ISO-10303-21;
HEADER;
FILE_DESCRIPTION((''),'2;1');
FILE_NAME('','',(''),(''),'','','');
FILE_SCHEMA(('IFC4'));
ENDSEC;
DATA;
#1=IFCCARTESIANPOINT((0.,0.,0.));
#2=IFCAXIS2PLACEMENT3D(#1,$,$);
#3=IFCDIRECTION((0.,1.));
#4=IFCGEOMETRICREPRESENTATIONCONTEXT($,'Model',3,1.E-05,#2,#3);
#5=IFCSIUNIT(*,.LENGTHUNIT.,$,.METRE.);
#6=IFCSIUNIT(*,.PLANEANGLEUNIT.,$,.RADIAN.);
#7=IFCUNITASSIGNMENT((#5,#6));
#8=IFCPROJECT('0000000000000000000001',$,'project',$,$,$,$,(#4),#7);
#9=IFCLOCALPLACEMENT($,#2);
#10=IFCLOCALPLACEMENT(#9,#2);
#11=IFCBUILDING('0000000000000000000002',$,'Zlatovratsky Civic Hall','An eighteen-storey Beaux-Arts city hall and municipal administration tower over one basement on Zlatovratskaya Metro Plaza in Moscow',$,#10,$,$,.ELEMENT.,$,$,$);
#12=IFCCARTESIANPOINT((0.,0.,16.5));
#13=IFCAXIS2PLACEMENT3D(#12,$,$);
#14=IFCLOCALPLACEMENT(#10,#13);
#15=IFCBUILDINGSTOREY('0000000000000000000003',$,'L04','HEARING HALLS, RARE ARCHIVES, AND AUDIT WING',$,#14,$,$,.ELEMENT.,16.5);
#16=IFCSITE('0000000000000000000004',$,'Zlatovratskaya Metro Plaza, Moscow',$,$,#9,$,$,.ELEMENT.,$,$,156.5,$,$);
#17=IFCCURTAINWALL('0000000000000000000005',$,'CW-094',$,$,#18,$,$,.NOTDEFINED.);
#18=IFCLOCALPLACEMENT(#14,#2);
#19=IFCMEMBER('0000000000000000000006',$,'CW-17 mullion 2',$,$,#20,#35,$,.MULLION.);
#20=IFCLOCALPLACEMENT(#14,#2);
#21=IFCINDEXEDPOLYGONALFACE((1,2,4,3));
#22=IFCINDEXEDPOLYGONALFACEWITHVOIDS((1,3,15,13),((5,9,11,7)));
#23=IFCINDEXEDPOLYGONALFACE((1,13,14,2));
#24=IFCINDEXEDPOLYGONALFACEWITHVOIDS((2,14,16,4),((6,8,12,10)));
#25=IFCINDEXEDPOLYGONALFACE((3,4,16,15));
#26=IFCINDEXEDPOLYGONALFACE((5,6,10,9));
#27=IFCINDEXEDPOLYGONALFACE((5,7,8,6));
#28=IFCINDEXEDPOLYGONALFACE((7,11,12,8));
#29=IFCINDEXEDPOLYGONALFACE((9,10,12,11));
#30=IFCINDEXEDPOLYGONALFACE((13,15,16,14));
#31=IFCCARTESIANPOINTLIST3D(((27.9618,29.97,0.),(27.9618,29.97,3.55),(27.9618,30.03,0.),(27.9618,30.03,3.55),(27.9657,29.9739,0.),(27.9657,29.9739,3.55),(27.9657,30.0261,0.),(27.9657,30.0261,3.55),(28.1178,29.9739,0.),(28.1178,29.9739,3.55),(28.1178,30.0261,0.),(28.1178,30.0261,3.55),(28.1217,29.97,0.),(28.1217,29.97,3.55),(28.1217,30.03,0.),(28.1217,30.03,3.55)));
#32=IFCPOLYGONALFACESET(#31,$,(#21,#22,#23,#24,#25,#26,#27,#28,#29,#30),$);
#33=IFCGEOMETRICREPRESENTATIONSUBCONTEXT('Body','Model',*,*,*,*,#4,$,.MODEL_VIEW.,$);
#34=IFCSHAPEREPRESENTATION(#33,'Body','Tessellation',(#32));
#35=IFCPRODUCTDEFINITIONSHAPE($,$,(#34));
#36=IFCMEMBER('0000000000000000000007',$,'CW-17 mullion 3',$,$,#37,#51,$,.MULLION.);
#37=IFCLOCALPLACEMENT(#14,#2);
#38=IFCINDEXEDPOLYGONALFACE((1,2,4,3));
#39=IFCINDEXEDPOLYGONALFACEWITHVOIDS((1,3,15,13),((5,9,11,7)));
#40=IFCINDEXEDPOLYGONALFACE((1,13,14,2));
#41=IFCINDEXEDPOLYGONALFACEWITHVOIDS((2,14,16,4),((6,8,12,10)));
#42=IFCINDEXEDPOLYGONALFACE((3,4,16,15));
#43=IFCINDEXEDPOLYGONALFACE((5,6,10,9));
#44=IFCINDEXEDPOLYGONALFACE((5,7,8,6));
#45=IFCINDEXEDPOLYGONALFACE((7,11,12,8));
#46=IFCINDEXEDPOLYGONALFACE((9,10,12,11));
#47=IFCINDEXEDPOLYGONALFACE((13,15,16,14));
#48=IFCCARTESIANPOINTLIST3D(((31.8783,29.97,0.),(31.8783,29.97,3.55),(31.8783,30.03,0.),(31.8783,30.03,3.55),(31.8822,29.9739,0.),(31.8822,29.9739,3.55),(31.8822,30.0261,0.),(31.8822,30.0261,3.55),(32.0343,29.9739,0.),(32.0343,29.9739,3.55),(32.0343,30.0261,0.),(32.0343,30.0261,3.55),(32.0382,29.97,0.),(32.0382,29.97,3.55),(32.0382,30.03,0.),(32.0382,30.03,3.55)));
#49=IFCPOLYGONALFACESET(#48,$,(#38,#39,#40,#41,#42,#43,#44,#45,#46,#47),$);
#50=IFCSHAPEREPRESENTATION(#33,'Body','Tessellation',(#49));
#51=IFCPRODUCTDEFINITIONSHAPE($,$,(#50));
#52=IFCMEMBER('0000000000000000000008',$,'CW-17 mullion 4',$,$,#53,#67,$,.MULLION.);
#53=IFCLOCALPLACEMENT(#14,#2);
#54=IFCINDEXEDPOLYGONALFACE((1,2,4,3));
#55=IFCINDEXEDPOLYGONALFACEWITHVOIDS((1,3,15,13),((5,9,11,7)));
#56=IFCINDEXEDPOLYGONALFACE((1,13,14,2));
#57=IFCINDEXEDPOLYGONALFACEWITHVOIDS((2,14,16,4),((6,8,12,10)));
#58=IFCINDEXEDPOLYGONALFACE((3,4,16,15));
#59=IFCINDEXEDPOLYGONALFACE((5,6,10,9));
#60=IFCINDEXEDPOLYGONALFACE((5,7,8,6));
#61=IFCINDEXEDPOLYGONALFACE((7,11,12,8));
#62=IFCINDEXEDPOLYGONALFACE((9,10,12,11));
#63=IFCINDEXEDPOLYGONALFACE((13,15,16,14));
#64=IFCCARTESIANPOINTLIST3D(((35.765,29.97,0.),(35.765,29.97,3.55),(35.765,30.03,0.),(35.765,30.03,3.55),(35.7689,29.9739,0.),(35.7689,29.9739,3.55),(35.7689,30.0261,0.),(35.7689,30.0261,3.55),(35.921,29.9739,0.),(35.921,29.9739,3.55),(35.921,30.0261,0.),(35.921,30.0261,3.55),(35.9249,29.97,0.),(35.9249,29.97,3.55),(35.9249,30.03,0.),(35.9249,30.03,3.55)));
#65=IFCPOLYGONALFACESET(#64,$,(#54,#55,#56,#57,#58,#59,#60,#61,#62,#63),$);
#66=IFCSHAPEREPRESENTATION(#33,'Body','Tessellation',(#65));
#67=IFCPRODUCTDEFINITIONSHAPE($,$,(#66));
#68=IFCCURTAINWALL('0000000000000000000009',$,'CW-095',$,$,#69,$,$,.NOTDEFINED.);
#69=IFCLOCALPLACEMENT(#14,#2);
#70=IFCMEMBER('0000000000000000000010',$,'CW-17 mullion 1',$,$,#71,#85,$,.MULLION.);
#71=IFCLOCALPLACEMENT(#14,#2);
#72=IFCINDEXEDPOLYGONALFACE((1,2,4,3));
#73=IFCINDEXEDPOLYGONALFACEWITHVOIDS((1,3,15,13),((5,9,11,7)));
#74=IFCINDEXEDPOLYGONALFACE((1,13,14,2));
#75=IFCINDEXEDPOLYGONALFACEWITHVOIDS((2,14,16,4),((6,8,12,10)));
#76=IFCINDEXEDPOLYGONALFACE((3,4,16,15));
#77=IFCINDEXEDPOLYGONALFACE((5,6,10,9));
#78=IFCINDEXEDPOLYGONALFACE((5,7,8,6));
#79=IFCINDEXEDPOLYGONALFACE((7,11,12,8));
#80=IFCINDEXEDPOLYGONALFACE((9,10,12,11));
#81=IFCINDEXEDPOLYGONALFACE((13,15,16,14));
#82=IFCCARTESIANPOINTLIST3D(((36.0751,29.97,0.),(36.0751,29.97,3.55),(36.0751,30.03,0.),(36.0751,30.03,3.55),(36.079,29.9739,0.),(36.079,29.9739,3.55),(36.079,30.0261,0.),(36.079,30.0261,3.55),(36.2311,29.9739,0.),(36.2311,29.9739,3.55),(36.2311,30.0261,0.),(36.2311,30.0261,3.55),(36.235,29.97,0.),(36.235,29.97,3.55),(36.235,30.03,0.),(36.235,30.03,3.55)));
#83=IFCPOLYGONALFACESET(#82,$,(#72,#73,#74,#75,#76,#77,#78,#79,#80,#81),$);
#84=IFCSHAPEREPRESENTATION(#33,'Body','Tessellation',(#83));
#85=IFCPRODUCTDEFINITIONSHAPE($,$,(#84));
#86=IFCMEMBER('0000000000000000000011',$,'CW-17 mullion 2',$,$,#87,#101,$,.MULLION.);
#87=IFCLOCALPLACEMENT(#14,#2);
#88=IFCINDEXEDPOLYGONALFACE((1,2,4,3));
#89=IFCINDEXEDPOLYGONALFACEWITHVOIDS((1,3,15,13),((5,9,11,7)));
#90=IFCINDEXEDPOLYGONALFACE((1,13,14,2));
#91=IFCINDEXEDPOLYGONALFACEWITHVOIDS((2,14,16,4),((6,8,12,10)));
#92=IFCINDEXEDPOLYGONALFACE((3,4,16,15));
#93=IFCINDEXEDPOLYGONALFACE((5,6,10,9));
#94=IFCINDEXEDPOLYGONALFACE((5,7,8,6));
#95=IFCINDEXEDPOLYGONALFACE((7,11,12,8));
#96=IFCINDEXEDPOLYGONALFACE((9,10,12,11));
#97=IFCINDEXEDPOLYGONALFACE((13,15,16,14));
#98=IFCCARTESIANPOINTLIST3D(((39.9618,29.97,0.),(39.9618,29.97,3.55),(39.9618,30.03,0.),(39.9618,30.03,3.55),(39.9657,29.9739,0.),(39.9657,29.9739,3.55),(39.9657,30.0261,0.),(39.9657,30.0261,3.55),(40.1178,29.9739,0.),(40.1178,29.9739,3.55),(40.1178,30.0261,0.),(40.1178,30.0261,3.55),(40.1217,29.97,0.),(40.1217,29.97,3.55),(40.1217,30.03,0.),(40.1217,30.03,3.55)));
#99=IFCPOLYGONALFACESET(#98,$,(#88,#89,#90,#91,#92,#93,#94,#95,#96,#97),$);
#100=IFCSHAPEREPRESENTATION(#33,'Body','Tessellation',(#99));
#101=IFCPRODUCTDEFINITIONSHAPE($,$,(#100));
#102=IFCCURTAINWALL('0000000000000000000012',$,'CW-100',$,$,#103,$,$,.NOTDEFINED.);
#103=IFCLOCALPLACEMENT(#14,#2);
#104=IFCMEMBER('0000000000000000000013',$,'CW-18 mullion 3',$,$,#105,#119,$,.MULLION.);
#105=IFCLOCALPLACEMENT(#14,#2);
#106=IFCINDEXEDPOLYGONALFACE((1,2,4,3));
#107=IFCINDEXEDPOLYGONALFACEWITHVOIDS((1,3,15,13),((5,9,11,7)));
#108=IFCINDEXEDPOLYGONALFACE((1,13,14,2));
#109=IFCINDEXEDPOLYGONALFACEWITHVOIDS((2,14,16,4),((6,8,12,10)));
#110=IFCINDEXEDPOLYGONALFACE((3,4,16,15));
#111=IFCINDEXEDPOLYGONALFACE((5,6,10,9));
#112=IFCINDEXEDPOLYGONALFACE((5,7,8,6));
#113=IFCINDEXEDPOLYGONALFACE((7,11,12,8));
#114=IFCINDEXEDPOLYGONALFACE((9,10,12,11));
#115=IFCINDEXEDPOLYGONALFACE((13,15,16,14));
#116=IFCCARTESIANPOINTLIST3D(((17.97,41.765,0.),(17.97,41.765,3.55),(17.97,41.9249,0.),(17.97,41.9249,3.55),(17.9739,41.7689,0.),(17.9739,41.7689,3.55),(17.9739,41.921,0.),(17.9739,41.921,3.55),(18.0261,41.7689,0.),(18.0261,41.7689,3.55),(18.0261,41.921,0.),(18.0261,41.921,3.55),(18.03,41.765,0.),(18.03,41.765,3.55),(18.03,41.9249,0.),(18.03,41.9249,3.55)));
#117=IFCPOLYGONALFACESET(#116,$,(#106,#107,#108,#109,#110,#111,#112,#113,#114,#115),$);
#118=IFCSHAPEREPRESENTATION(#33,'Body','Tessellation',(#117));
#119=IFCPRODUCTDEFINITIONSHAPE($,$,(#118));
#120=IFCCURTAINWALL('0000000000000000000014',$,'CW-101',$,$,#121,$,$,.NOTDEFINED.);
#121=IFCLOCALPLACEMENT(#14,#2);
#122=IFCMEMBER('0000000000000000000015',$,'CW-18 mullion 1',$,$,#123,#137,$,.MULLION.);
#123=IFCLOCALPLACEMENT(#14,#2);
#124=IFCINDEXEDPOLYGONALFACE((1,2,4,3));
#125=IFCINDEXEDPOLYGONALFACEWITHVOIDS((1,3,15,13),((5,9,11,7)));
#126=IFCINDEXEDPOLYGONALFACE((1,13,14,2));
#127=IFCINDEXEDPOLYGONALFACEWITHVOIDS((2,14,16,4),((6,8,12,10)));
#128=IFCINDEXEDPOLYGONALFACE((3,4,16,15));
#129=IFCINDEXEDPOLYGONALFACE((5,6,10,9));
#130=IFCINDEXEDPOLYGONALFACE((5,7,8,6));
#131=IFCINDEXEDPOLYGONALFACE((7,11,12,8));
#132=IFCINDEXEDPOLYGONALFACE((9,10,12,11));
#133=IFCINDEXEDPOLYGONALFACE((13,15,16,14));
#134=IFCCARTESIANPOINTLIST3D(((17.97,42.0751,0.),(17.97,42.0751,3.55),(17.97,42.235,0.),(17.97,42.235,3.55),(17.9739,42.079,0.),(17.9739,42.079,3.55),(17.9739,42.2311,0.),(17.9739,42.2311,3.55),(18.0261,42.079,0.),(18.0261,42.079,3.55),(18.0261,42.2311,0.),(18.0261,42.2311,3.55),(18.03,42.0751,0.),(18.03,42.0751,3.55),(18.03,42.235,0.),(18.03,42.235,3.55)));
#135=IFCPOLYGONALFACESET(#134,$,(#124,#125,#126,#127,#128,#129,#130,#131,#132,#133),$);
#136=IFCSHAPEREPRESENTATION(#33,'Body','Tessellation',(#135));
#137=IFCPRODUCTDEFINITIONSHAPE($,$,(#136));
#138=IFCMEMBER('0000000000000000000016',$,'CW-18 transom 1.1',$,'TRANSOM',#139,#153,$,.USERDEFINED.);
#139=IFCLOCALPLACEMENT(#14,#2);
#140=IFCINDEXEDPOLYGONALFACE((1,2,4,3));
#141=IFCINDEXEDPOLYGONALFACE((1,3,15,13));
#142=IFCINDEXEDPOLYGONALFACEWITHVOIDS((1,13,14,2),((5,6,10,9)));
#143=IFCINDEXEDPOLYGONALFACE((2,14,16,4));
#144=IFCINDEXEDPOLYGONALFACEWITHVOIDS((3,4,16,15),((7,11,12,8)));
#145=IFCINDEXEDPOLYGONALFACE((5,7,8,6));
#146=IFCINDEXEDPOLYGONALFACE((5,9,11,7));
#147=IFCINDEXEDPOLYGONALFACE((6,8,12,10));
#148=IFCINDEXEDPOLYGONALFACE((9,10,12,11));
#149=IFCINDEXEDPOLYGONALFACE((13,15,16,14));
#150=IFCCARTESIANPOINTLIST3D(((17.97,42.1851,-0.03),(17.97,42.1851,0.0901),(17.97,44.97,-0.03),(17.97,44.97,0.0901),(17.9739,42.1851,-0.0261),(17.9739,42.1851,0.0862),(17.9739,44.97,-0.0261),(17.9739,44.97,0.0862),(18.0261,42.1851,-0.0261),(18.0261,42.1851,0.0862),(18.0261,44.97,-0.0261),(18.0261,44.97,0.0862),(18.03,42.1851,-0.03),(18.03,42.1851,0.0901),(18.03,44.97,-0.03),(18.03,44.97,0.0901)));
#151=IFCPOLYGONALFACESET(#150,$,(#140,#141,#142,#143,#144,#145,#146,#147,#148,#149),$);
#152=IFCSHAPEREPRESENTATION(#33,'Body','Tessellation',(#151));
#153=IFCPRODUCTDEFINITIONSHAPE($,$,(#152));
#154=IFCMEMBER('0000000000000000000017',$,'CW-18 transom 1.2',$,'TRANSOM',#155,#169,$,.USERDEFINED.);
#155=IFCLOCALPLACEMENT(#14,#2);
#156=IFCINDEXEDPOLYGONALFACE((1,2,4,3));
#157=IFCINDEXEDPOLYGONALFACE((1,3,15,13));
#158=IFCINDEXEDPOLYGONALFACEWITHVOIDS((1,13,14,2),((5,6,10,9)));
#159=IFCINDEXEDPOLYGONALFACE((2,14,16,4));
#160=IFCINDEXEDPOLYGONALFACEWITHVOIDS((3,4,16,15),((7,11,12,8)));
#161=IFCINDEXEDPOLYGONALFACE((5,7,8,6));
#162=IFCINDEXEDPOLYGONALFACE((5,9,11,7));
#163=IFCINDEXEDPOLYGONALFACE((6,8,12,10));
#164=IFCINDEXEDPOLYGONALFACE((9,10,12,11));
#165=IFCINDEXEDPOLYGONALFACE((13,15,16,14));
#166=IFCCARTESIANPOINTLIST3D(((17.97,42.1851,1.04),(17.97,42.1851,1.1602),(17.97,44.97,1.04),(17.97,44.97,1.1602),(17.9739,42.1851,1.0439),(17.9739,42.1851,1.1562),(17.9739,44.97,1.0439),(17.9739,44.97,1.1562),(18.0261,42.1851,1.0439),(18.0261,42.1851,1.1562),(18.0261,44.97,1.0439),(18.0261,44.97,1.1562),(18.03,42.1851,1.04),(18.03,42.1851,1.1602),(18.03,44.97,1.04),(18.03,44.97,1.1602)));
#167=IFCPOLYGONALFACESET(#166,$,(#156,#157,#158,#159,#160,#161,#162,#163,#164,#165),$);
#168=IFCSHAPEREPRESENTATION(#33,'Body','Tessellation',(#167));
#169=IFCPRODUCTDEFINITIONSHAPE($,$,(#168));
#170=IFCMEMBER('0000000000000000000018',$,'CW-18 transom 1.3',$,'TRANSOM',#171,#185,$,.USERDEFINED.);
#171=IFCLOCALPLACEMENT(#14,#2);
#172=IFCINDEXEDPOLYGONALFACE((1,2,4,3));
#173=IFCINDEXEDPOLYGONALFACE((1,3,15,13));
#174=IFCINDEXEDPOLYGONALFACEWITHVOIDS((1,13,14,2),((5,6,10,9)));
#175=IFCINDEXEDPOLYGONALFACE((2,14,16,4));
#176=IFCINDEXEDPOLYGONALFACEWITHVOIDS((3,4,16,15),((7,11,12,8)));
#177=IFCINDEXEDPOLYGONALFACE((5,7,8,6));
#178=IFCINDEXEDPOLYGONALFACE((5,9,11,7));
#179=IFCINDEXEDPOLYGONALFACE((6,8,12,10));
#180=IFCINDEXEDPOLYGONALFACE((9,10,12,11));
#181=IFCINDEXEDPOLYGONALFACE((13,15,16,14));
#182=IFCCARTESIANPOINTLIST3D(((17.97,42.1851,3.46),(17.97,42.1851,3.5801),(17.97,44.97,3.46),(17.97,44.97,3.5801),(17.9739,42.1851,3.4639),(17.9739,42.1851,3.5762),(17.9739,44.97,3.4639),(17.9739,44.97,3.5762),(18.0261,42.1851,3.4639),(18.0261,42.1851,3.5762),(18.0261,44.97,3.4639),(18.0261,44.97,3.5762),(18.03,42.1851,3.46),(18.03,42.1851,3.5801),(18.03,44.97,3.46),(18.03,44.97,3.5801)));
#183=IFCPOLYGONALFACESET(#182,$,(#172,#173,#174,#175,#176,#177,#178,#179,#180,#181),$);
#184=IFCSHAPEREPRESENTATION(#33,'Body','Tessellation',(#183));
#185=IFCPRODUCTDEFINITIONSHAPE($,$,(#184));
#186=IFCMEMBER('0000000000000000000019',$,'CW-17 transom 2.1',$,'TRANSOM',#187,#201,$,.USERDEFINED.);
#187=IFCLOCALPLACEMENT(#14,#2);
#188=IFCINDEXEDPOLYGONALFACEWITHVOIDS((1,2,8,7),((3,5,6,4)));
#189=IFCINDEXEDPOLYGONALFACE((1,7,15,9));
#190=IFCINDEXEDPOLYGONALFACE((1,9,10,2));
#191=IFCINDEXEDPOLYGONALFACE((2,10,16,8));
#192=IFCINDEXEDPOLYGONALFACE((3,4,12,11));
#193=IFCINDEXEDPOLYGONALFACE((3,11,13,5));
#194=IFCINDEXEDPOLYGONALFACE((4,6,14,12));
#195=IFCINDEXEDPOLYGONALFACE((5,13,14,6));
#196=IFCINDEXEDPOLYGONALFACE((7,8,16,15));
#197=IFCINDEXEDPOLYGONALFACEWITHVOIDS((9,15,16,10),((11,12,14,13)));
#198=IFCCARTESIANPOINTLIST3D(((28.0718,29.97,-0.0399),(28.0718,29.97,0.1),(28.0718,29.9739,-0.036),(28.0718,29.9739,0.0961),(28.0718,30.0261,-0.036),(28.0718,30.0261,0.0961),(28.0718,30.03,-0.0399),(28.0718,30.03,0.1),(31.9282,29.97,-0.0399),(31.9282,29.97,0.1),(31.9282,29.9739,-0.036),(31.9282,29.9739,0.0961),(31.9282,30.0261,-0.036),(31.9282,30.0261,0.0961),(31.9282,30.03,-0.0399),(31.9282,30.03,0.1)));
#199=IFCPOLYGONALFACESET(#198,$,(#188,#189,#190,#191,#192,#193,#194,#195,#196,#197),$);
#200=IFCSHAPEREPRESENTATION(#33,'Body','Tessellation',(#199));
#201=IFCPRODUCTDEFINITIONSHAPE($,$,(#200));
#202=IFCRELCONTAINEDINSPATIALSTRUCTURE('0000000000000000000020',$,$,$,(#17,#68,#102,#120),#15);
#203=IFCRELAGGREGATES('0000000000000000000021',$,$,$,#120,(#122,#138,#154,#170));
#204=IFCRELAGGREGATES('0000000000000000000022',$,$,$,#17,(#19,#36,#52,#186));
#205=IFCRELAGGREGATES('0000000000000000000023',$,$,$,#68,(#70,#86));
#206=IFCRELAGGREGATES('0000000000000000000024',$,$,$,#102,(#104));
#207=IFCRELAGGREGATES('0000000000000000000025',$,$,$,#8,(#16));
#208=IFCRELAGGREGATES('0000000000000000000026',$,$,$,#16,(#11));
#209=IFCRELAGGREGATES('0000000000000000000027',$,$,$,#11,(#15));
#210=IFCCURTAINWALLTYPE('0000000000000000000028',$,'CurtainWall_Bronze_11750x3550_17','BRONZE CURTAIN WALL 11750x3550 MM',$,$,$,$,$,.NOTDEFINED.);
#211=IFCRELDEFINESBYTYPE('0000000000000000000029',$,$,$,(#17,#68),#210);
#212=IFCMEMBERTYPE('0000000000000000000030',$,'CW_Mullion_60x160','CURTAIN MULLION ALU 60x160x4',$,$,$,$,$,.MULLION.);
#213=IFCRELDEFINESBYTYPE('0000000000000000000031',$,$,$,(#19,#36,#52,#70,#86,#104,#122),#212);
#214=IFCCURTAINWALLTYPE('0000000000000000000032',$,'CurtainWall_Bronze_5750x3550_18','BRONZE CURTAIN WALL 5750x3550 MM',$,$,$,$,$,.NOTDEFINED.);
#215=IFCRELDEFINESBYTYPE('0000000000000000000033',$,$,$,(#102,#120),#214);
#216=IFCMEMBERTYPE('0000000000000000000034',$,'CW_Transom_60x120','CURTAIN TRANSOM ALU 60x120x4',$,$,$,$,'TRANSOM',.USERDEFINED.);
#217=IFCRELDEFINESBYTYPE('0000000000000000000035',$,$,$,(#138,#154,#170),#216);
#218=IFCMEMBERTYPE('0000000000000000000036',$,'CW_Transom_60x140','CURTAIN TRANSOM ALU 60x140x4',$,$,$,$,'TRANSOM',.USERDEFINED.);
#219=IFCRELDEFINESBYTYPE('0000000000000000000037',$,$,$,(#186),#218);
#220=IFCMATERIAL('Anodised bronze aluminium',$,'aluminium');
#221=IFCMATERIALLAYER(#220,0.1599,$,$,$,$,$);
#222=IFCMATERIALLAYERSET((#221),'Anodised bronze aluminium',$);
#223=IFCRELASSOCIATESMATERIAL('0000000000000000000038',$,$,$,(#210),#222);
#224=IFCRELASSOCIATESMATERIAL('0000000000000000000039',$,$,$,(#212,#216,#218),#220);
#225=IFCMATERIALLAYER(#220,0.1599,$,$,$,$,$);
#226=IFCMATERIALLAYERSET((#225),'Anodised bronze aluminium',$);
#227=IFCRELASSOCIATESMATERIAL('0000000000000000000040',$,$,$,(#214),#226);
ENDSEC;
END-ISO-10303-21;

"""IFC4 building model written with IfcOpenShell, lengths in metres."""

from ifc_helpers import new_model, si_unit, direction, frame, origin, origin_2d, place, context, subcontext, project, spatial, hollow_rectangle, extrude, material, layer, layer_set, material_profile, profile_set, type_object, element, aggregate, save


model = new_model("IFC4")

# Units and contexts
model_context = context("Model", 3, precision=1e-05, world=origin(), true_north=direction((0.0, 1.0)))
body_context = subcontext(model_context, "Body", "Model", "MODEL_VIEW")
ifc_project = project(units=[si_unit("LENGTHUNIT", "METRE"), si_unit("PLANEANGLEUNIT", "RADIAN")], contexts=[model_context])

# Site, building, storey
site_placement = place(None, origin())
site = spatial("IfcSite", under=ifc_project, at=site_placement, Name="Zlatovratskaya Metro Plaza, Moscow", CompositionType="ELEMENT", RefElevation=156.5)
building_placement = place(site_placement, origin())
building = spatial("IfcBuilding", under=site, at=building_placement, Name="Zlatovratsky Civic Hall", Description="An eighteen-storey Beaux-Arts city hall and municipal administration tower over one basement on Zlatovratskaya Metro Plaza in Moscow", CompositionType="ELEMENT")
storey_placement = place(building_placement, frame((0.0, 0.0, 16.5)))
storey = spatial("IfcBuildingStorey", under=building, at=storey_placement, Name="L04", Description="HEARING HALLS, RARE ARCHIVES, AND AUDIT WING", CompositionType="ELEMENT", Elevation=16.5)

# Curtain walls, members
ifc_material_1 = material(Name="Anodised bronze aluminium", Category="aluminium")
ifc_layer_1 = layer(ifc_material_1, 0.1599)
ifc_layer_set_1 = layer_set([ifc_layer_1], Name="Anodised bronze aluminium")
curtain_wall_type_1 = type_object("IfcCurtainWallType", Name="CurtainWall_Bronze_11750x3550_17", Description="BRONZE CURTAIN WALL 11750x3550 MM", PredefinedType="NOTDEFINED", material=ifc_layer_set_1)
curtain_wall_1_placement = place(storey_placement, origin())
curtain_wall_1 = element("IfcCurtainWall", 1, at=curtain_wall_1_placement, inside=storey, type_object=curtain_wall_type_1, Name="CW-094", PredefinedType="NOTDEFINED")
ifc_material_profile_1 = material_profile(ifc_material_1, hollow_rectangle(XDim=0.0601, YDim=0.1599, WallThickness=0.0039, at=origin_2d()), Name="ALU 60x160x4")
ifc_profile_set_1 = profile_set([ifc_material_profile_1], Name="Anodised bronze aluminium")
member_type_1 = type_object("IfcMemberType", Name="CW_Mullion_60x160", Description="CURTAIN MULLION ALU 60x160x4", PredefinedType="MULLION", material=ifc_profile_set_1)
member_1_placement = place(storey_placement, frame((28.0417, 30.0, 0.0), z_axis=(0.0, 0.0, 1.0), x_axis=(0.0, 1.0, 0.0)))
member_1 = element("IfcMember", 2, at=member_1_placement, type_object=member_type_1, Name="CW-17 mullion 2", PredefinedType="MULLION", context=body_context, shape_type="SweptSolid", body=[
    extrude(hollow_rectangle(XDim=0.0601, YDim=0.1599, WallThickness=0.0039, at=origin_2d()), origin(), (0.0, 0.0, 1.0), 3.55),
])
member_2_placement = place(storey_placement, frame((31.9583, 30.0, 0.0), z_axis=(0.0, 0.0, 1.0), x_axis=(0.0, 1.0, 0.0)))
member_2 = element("IfcMember", 3, at=member_2_placement, type_object=member_type_1, Name="CW-17 mullion 3", PredefinedType="MULLION", context=body_context, shape_type="SweptSolid", body=[
    extrude(hollow_rectangle(XDim=0.0601, YDim=0.1599, WallThickness=0.0039, at=origin_2d()), origin(), (0.0, 0.0, 1.0), 3.55),
])
member_3_placement = place(storey_placement, frame((35.845, 30.0, 0.0), z_axis=(0.0, 0.0, 1.0), x_axis=(0.0, 1.0, 0.0)))
member_3 = element("IfcMember", 4, at=member_3_placement, type_object=member_type_1, Name="CW-17 mullion 4", PredefinedType="MULLION", context=body_context, shape_type="SweptSolid", body=[
    extrude(hollow_rectangle(XDim=0.0601, YDim=0.1599, WallThickness=0.0039, at=origin_2d()), origin(), (0.0, 0.0, 1.0), 3.55),
])
curtain_wall_2_placement = place(storey_placement, origin())
curtain_wall_2 = element("IfcCurtainWall", 5, at=curtain_wall_2_placement, inside=storey, type_object=curtain_wall_type_1, Name="CW-095", PredefinedType="NOTDEFINED")
member_4_placement = place(storey_placement, frame((36.155, 30.0, 0.0), z_axis=(0.0, 0.0, 1.0), x_axis=(0.0, 1.0, 0.0)))
member_4 = element("IfcMember", 6, at=member_4_placement, type_object=member_type_1, Name="CW-17 mullion 1", PredefinedType="MULLION", context=body_context, shape_type="SweptSolid", body=[
    extrude(hollow_rectangle(XDim=0.0601, YDim=0.1599, WallThickness=0.0039, at=origin_2d()), origin(), (0.0, 0.0, 1.0), 3.55),
])
member_5_placement = place(storey_placement, frame((40.0417, 30.0, 0.0), z_axis=(0.0, 0.0, 1.0), x_axis=(0.0, 1.0, 0.0)))
member_5 = element("IfcMember", 7, at=member_5_placement, type_object=member_type_1, Name="CW-17 mullion 2", PredefinedType="MULLION", context=body_context, shape_type="SweptSolid", body=[
    extrude(hollow_rectangle(XDim=0.0601, YDim=0.1599, WallThickness=0.0039, at=origin_2d()), origin(), (0.0, 0.0, 1.0), 3.55),
])

# Curtain wall, member
ifc_layer_2 = layer(ifc_material_1, 0.1599)
ifc_layer_set_2 = layer_set([ifc_layer_2], Name="Anodised bronze aluminium")
curtain_wall_type_2 = type_object("IfcCurtainWallType", Name="CurtainWall_Bronze_5750x3550_18", Description="BRONZE CURTAIN WALL 5750x3550 MM", PredefinedType="NOTDEFINED", material=ifc_layer_set_2)
curtain_wall_3_placement = place(storey_placement, origin())
curtain_wall_3 = element("IfcCurtainWall", 8, at=curtain_wall_3_placement, inside=storey, type_object=curtain_wall_type_2, Name="CW-100", PredefinedType="NOTDEFINED")
member_6_placement = place(storey_placement, frame((18.0, 41.845, 0.0), z_axis=(0.0, 0.0, 1.0), x_axis=(-1.0, 0.0, 0.0)))
member_6 = element("IfcMember", 9, at=member_6_placement, type_object=member_type_1, Name="CW-18 mullion 3", PredefinedType="MULLION", context=body_context, shape_type="SweptSolid", body=[
    extrude(hollow_rectangle(XDim=0.0601, YDim=0.1599, WallThickness=0.0039, at=origin_2d()), origin(), (0.0, 0.0, 1.0), 3.55),
])

# Curtain wall, members
curtain_wall_4_placement = place(storey_placement, origin())
curtain_wall_4 = element("IfcCurtainWall", 10, at=curtain_wall_4_placement, inside=storey, type_object=curtain_wall_type_2, Name="CW-101", PredefinedType="NOTDEFINED")
member_7_placement = place(storey_placement, frame((18.0, 42.155, 0.0), z_axis=(0.0, 0.0, 1.0), x_axis=(-1.0, 0.0, 0.0)))
member_7 = element("IfcMember", 11, at=member_7_placement, type_object=member_type_1, Name="CW-18 mullion 1", PredefinedType="MULLION", context=body_context, shape_type="SweptSolid", body=[
    extrude(hollow_rectangle(XDim=0.0601, YDim=0.1599, WallThickness=0.0039, at=origin_2d()), origin(), (0.0, 0.0, 1.0), 3.55),
])
ifc_material_profile_2 = material_profile(ifc_material_1, hollow_rectangle(XDim=0.0601, YDim=0.1201, WallThickness=0.0039, at=origin_2d()), Name="ALU 60x120x4")
ifc_profile_set_2 = profile_set([ifc_material_profile_2], Name="Anodised bronze aluminium")
member_type_2 = type_object("IfcMemberType", Name="CW_Transom_60x120", Description="CURTAIN TRANSOM ALU 60x120x4", ElementType="TRANSOM", PredefinedType="USERDEFINED", material=ifc_profile_set_2)
member_8_placement = place(storey_placement, frame((18.0, 42.1851, 0.03), z_axis=(0.0, 1.0, 0.0), x_axis=(-1.0, 0.0, 0.0)))
member_8 = element("IfcMember", 12, at=member_8_placement, type_object=member_type_2, Name="CW-18 transom 1.1", ObjectType="TRANSOM", PredefinedType="USERDEFINED", context=body_context, shape_type="SweptSolid", body=[
    extrude(hollow_rectangle(XDim=0.0601, YDim=0.1201, WallThickness=0.0039, at=origin_2d()), origin(), (0.0, 0.0, 1.0), 2.7849),
])
member_9_placement = place(storey_placement, frame((18.0, 42.1851, 1.1001), z_axis=(0.0, 1.0, 0.0), x_axis=(-1.0, 0.0, 0.0)))
member_9 = element("IfcMember", 13, at=member_9_placement, type_object=member_type_2, Name="CW-18 transom 1.2", ObjectType="TRANSOM", PredefinedType="USERDEFINED", context=body_context, shape_type="SweptSolid", body=[
    extrude(hollow_rectangle(XDim=0.0601, YDim=0.1201, WallThickness=0.0039, at=origin_2d()), origin(), (0.0, 0.0, 1.0), 2.7849),
])
member_10_placement = place(storey_placement, frame((18.0, 42.1851, 3.52), z_axis=(0.0, 1.0, 0.0), x_axis=(-1.0, 0.0, 0.0)))
member_10 = element("IfcMember", 14, at=member_10_placement, type_object=member_type_2, Name="CW-18 transom 1.3", ObjectType="TRANSOM", PredefinedType="USERDEFINED", context=body_context, shape_type="SweptSolid", body=[
    extrude(hollow_rectangle(XDim=0.0601, YDim=0.1201, WallThickness=0.0039, at=origin_2d()), origin(), (0.0, 0.0, 1.0), 2.7849),
])
aggregate(curtain_wall_4, [member_7, member_8, member_9, member_10])

# Member
ifc_material_profile_3 = material_profile(ifc_material_1, hollow_rectangle(XDim=0.0601, YDim=0.1399, WallThickness=0.0039, at=origin_2d()), Name="ALU 60x140x4")
ifc_profile_set_3 = profile_set([ifc_material_profile_3], Name="Anodised bronze aluminium")
member_type_3 = type_object("IfcMemberType", Name="CW_Transom_60x140", Description="CURTAIN TRANSOM ALU 60x140x4", ElementType="TRANSOM", PredefinedType="USERDEFINED", material=ifc_profile_set_3)
member_11_placement = place(storey_placement, frame((28.0718, 30.0, 0.03), z_axis=(1.0, 0.0, 0.0), x_axis=(0.0, 1.0, 0.0)))
member_11 = element("IfcMember", 15, at=member_11_placement, type_object=member_type_3, Name="CW-17 transom 2.1", ObjectType="TRANSOM", PredefinedType="USERDEFINED", context=body_context, shape_type="SweptSolid", body=[
    extrude(hollow_rectangle(XDim=0.0601, YDim=0.1399, WallThickness=0.0039, at=origin_2d()), origin(), (0.0, 0.0, 1.0), 3.8564),
])

aggregate(curtain_wall_1, [member_1, member_2, member_3, member_11])
aggregate(curtain_wall_2, [member_4, member_5])
aggregate(curtain_wall_3, [member_6])

save(model, "model.ifc")
